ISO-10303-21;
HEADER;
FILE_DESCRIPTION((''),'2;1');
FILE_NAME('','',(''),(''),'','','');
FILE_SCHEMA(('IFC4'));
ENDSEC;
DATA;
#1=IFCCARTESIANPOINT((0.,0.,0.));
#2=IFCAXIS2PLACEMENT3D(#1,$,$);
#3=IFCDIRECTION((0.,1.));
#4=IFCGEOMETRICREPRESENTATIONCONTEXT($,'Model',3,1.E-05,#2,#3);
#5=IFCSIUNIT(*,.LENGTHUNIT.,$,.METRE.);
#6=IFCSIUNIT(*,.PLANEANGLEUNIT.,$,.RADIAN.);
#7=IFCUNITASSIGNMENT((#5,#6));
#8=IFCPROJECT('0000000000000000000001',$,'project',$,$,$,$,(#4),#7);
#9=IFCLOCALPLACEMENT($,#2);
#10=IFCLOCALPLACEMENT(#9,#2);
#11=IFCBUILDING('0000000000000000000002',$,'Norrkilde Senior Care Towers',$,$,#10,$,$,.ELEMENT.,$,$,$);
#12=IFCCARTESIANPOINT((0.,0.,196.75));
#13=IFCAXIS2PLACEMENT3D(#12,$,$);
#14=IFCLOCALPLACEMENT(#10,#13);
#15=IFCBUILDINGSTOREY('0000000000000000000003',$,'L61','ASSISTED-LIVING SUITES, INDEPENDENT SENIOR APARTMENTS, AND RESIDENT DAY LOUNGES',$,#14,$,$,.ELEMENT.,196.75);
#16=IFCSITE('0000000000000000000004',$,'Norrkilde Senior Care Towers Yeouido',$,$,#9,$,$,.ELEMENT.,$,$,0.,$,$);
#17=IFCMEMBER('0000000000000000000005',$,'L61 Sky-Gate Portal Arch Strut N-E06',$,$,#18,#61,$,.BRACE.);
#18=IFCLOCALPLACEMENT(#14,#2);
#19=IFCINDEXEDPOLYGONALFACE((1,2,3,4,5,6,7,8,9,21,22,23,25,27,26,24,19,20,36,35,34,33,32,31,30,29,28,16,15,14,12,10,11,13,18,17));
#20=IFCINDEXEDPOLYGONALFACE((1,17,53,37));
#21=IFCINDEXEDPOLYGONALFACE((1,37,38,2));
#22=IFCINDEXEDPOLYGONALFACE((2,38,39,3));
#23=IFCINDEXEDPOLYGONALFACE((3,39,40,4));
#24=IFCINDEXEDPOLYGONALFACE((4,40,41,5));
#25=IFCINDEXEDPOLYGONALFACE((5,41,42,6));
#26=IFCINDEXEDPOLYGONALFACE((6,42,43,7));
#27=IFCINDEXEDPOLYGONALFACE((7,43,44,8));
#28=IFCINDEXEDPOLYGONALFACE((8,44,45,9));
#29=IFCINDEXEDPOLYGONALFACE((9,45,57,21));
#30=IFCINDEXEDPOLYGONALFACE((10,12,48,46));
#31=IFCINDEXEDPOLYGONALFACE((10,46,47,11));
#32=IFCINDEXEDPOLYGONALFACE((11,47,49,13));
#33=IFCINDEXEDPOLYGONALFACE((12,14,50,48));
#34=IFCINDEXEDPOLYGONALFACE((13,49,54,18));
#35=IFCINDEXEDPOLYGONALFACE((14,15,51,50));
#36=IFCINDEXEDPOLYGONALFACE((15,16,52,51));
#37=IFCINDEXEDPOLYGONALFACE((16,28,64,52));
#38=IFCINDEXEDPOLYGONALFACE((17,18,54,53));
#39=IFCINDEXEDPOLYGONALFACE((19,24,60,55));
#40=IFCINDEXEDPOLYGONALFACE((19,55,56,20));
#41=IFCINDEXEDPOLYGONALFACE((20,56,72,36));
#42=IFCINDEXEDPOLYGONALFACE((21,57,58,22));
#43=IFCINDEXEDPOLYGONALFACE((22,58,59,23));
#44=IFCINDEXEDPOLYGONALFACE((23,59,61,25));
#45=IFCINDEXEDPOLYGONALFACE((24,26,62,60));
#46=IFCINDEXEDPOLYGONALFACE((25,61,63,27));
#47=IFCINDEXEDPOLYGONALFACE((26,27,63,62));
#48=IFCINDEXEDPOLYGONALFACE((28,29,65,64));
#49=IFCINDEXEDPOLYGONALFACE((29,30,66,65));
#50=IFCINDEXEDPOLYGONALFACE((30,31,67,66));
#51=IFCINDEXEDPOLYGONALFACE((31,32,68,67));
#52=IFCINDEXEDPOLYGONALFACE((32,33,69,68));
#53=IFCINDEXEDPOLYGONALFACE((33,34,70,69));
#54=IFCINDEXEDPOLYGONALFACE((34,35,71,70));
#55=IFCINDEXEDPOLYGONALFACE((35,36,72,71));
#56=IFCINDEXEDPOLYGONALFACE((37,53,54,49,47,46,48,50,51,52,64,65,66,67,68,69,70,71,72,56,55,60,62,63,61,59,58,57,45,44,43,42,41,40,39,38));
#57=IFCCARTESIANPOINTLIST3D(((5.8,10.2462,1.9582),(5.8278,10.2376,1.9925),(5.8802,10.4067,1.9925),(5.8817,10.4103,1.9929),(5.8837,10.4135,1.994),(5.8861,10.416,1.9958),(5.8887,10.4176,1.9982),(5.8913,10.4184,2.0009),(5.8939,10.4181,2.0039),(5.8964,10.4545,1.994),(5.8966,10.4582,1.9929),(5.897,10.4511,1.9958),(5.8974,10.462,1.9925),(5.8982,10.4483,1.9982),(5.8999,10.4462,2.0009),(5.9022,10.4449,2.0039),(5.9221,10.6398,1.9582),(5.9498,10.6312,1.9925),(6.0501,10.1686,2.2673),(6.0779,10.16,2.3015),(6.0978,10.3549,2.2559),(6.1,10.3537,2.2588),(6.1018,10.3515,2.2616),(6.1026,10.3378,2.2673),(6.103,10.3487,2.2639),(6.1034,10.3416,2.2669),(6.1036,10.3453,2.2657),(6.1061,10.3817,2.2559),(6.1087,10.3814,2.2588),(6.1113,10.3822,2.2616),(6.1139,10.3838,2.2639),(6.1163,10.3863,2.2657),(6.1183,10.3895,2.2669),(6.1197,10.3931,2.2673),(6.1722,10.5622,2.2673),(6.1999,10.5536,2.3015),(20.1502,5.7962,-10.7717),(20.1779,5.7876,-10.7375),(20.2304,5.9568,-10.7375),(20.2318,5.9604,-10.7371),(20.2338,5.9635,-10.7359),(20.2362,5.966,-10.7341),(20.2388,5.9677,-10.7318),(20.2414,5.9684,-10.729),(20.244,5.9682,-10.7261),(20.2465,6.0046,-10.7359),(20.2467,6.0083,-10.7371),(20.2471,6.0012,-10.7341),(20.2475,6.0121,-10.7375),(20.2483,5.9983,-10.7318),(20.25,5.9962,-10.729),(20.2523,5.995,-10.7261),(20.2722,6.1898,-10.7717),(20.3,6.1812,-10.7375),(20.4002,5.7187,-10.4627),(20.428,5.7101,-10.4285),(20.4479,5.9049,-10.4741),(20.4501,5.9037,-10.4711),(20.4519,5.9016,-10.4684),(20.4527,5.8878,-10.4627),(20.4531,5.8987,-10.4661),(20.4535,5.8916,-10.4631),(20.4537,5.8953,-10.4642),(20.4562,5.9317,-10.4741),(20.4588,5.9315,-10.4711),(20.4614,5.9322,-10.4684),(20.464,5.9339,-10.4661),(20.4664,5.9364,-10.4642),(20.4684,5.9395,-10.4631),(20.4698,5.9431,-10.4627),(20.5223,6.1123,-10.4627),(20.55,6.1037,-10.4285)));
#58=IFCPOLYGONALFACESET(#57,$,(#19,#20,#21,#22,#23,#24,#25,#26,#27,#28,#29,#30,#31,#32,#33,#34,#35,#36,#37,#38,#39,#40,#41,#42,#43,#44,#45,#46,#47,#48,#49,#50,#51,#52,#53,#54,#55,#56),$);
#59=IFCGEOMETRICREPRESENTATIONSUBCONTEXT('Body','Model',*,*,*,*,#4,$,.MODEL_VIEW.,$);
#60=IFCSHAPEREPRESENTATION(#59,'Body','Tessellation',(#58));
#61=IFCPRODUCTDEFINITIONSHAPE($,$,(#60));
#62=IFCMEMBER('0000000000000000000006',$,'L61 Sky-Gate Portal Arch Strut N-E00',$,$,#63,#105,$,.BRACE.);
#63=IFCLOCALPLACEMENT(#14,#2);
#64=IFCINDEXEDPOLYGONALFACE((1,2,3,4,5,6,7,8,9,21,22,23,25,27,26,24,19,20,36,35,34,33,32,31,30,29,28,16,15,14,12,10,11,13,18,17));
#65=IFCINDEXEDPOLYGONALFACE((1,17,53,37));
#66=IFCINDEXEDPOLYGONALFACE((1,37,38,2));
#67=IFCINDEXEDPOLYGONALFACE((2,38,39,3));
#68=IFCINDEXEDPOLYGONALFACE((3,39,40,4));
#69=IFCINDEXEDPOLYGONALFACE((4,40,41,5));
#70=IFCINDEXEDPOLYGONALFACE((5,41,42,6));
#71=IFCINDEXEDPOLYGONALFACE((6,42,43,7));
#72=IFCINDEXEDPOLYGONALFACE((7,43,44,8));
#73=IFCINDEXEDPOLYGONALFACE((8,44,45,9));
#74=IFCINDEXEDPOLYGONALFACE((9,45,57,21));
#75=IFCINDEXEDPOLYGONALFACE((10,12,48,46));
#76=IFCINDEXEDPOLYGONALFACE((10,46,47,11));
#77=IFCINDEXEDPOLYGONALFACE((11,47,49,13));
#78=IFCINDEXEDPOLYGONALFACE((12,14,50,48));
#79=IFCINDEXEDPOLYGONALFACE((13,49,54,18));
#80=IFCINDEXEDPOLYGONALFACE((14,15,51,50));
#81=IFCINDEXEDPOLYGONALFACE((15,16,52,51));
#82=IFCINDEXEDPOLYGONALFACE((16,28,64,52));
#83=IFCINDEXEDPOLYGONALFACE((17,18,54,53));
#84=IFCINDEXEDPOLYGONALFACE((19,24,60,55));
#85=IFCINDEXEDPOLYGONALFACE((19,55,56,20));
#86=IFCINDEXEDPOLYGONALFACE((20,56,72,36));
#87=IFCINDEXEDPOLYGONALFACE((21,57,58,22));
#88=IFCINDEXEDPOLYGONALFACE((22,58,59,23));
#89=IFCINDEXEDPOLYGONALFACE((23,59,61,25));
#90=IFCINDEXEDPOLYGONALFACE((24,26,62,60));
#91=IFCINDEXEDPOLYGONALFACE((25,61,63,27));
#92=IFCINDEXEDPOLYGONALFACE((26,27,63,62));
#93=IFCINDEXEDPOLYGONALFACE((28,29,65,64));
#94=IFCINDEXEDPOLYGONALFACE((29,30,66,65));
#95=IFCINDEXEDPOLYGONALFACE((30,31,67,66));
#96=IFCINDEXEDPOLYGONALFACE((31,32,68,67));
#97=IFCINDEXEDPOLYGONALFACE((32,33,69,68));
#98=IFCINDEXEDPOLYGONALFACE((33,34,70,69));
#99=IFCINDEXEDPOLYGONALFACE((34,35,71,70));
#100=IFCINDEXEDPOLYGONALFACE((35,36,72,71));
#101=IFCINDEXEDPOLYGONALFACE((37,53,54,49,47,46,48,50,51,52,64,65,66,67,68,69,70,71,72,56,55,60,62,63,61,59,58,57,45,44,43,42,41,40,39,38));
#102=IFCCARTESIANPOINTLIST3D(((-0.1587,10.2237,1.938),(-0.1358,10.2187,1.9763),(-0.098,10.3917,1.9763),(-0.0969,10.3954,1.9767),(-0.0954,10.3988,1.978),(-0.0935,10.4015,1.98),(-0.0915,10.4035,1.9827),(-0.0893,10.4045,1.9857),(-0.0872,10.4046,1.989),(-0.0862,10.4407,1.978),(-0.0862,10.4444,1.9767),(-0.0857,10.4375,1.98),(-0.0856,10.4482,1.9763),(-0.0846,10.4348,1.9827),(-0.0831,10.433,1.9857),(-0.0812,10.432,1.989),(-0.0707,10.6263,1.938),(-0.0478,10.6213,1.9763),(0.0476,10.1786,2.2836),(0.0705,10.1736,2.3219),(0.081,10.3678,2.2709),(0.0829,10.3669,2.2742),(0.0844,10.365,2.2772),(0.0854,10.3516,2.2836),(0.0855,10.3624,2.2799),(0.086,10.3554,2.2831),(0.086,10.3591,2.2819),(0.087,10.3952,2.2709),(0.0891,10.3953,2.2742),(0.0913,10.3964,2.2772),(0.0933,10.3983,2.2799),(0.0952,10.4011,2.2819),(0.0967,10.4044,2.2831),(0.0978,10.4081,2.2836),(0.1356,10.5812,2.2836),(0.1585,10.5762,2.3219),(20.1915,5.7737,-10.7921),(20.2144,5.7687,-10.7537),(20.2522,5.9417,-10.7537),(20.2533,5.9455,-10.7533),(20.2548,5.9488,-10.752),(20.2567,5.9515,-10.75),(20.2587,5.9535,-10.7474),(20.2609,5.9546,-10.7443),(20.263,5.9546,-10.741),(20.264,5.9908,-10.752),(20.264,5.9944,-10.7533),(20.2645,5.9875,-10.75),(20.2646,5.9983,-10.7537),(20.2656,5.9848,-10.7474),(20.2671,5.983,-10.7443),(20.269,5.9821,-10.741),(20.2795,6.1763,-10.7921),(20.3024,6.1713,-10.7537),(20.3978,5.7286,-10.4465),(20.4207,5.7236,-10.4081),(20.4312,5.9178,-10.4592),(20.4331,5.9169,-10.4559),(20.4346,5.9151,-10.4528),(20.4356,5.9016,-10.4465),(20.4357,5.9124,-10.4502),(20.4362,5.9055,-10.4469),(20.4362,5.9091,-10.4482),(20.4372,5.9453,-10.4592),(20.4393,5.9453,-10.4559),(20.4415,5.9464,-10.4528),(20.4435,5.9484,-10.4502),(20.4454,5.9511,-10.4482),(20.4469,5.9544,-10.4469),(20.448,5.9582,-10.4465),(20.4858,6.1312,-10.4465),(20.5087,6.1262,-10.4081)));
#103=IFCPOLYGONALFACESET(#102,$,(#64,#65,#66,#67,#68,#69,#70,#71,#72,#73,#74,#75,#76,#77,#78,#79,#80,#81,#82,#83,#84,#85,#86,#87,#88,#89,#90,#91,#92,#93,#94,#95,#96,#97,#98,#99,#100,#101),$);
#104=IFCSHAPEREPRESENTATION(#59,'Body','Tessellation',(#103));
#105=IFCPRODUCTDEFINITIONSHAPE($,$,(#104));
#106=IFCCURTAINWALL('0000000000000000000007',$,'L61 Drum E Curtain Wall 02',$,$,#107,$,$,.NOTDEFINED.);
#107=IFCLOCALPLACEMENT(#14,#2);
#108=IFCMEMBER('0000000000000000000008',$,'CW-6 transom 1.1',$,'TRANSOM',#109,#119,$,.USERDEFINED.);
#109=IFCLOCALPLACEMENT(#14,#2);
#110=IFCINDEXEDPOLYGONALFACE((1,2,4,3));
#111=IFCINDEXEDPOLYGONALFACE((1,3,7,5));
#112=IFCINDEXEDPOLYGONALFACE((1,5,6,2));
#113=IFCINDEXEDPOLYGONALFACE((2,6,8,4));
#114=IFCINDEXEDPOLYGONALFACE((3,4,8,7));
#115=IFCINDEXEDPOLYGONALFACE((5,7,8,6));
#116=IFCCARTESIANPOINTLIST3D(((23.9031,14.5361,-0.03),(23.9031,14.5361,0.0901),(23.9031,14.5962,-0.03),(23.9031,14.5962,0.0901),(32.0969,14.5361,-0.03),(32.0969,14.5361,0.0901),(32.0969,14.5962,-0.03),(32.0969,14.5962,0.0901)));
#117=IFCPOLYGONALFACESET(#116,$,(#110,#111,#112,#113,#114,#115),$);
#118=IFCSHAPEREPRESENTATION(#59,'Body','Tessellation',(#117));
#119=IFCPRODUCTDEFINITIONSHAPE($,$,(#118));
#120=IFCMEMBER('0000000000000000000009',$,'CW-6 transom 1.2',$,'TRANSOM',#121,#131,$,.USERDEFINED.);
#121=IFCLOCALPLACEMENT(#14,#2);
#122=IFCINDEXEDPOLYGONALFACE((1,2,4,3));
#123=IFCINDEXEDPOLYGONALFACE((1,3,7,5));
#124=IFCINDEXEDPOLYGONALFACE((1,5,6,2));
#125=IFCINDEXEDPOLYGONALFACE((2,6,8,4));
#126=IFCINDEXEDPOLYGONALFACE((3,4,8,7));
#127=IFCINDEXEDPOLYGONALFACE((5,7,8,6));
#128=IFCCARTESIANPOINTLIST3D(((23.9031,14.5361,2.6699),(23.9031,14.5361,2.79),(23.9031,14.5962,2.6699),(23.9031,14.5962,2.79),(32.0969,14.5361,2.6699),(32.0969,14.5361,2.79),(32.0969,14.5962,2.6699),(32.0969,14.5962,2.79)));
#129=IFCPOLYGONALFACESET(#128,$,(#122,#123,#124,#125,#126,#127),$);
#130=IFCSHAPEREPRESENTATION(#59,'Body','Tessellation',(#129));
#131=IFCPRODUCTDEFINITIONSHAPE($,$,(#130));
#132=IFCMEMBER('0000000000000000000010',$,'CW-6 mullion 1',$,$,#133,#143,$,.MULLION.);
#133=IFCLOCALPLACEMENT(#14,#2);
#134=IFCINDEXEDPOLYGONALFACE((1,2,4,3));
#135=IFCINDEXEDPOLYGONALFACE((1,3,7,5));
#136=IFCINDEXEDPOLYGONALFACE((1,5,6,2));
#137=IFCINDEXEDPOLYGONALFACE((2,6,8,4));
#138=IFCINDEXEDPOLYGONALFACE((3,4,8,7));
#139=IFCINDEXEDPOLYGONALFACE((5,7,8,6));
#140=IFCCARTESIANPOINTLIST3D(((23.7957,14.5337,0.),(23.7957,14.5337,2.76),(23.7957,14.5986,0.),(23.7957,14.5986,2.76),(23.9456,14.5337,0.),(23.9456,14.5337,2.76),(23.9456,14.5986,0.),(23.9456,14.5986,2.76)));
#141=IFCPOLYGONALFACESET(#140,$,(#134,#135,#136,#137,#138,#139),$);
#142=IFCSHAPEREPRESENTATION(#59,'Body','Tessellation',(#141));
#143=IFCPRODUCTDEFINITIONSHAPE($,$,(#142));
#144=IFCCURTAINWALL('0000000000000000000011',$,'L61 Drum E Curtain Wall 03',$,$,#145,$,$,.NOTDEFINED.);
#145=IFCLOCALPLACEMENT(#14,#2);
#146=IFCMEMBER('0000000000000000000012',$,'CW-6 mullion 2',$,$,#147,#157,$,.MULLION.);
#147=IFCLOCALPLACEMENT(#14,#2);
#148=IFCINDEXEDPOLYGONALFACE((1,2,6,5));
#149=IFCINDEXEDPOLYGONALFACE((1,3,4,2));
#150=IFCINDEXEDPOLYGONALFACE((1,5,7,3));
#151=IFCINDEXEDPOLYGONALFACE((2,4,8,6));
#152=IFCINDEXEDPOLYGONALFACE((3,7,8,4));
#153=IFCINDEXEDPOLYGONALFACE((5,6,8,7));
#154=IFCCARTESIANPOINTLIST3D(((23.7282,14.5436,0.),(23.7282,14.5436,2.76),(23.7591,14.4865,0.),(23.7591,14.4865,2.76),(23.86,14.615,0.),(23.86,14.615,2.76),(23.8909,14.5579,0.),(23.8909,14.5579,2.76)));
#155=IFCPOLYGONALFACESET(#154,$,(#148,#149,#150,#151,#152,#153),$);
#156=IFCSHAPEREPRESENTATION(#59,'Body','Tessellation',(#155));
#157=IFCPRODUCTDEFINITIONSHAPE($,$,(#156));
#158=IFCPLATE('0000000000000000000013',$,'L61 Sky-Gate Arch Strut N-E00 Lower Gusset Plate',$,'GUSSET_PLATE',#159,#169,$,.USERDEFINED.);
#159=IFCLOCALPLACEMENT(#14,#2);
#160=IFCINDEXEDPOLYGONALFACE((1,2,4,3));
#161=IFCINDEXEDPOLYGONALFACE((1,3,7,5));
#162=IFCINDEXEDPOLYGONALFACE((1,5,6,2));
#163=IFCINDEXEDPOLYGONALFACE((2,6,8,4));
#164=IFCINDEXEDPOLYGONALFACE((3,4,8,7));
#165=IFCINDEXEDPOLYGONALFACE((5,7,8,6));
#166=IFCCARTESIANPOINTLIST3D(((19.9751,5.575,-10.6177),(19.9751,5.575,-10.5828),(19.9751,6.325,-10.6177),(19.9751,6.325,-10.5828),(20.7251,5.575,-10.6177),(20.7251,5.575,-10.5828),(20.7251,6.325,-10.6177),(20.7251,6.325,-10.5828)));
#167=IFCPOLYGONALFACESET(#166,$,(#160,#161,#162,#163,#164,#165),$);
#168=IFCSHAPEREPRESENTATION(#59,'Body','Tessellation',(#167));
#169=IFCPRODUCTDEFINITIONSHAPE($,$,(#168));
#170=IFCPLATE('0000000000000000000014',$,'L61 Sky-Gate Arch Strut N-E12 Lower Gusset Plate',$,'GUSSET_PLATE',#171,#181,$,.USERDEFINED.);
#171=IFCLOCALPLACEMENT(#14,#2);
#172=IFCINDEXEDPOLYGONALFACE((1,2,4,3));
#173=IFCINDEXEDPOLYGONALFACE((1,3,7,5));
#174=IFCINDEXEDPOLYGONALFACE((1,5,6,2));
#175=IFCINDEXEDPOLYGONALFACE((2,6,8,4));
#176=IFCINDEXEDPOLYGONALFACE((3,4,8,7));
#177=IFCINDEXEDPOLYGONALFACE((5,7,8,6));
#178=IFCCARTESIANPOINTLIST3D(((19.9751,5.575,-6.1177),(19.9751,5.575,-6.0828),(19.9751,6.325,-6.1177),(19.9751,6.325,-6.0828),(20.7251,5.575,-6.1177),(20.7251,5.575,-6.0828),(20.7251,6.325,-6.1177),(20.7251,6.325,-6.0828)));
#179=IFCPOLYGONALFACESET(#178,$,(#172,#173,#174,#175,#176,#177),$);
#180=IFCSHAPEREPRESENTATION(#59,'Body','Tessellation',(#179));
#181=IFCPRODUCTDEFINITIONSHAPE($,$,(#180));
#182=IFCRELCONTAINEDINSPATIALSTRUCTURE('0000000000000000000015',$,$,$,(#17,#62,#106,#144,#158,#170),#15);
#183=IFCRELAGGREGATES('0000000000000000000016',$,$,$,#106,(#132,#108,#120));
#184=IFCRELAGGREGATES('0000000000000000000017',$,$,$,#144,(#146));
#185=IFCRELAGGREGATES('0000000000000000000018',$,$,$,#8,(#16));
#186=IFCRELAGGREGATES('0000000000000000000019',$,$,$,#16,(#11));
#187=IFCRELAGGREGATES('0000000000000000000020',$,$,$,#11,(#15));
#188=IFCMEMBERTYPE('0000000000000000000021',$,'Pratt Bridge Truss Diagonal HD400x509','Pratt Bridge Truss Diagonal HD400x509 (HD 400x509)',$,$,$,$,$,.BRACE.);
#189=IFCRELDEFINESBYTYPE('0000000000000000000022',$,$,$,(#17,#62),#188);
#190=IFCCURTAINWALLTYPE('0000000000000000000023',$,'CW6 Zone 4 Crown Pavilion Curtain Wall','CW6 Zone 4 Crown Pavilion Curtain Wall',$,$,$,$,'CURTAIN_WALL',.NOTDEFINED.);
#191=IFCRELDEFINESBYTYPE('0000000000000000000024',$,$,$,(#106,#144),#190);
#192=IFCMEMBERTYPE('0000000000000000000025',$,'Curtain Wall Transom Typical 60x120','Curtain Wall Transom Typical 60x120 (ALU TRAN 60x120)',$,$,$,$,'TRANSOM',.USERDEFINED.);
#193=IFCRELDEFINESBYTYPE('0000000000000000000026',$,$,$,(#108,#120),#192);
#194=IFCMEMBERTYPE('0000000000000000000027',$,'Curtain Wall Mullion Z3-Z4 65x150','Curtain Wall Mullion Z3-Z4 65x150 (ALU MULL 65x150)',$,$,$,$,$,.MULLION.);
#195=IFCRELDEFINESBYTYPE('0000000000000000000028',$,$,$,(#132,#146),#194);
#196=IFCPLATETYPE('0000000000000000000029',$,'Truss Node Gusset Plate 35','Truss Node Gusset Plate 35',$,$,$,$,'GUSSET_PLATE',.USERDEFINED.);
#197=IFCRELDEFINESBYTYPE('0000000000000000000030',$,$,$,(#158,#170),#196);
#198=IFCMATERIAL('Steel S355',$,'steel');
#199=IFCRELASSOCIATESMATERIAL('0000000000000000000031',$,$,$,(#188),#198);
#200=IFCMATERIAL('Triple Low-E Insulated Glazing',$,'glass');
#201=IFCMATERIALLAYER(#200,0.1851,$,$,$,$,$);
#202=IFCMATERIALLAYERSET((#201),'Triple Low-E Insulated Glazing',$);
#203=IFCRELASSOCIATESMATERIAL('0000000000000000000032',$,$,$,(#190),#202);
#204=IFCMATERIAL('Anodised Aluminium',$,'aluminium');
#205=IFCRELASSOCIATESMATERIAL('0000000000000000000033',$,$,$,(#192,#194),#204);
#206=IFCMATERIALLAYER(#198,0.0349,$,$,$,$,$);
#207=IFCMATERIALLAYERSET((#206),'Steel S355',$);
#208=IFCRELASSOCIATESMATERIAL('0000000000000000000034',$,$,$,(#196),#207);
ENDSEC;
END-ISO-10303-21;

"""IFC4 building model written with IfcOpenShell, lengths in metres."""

from ifc_helpers import new_model, si_unit, direction, frame, origin, origin_2d, place, context, subcontext, project, spatial, rectangle, i_section, extrude, source, transform, mapped, material, layer, layer_set, material_profile, profile_set, type_object, type_shapes, element, aggregate, save


model = new_model("IFC4")

# Units and contexts
model_context = context("Model", 3, precision=1e-05, world=origin(), true_north=direction((0.0, 1.0)))
body_context = subcontext(model_context, "Body", "Model", "MODEL_VIEW")
ifc_project = project(units=[si_unit("LENGTHUNIT", "METRE"), si_unit("PLANEANGLEUNIT", "RADIAN")], contexts=[model_context])

# Site, building, storey
site_placement = place(None, origin())
site = spatial("IfcSite", under=ifc_project, at=site_placement, Name="Norrkilde Senior Care Towers Yeouido", CompositionType="ELEMENT", RefElevation=0.0)
building_placement = place(site_placement, origin())
building = spatial("IfcBuilding", under=site, at=building_placement, Name="Norrkilde Senior Care Towers", CompositionType="ELEMENT")
storey_placement = place(building_placement, frame((0.0, 0.0, 196.75)))
storey = spatial("IfcBuildingStorey", under=building, at=storey_placement, Name="L61", Description="ASSISTED-LIVING SUITES, INDEPENDENT SENIOR APARTMENTS, AND RESIDENT DAY LOUNGES", CompositionType="ELEMENT", Elevation=196.75)

# Shared definitions
ifc_material_1 = material(Name="Steel S355", Category="steel")

# Members
ifc_material_profile_1 = material_profile(ifc_material_1, i_section(OverallWidth=0.4121, OverallDepth=0.45, WebThickness=0.0281, FlangeThickness=0.0449, FilletRadius=0.0149, at=origin_2d()), Name="HD 400x509")
ifc_profile_set_1 = profile_set([ifc_material_profile_1], Name="Steel S355")
member_type_1 = type_object("IfcMemberType", Name="Pratt Bridge Truss Diagonal HD400x509", Description="Pratt Bridge Truss Diagonal HD400x509 (HD 400x509)", PredefinedType="BRACE", material=ifc_profile_set_1)
shared_shape_1 = source(origin(), body_context, "Body", "SweptSolid", [
    extrude(i_section(OverallWidth=0.4121, OverallDepth=0.45, WebThickness=0.0281, FlangeThickness=0.0449, FilletRadius=0.0149, at=origin_2d()), origin(), (0.0, 0.0, 1.0), 19.6921),
])
member_1_placement = place(storey_placement, frame((20.3501, 5.95, -10.6001), z_axis=(-0.728723, 0.225976, 0.64645), x_axis=(-0.296185, -0.955131, 0.0)))
element("IfcMember", 1, at=member_1_placement, inside=storey, type_object=member_type_1, Name="L61 Sky-Gate Portal Arch Strut N-E06", PredefinedType="BRACE", context=body_context, shape_type="MappedRepresentation", body=[
    mapped(shared_shape_1, transform((0.0, 0.0, 0.0), x_axis=(1.0, 0.0, 0.0), y_axis=(0.0, 1.0, 0.0), z_axis=(0.0, 0.0, 1.0), scale=1.0)),
])
shared_shape_2 = source(origin(), body_context, "Body", "SweptSolid", [
    extrude(i_section(OverallWidth=0.4121, OverallDepth=0.45, WebThickness=0.0281, FlangeThickness=0.0449, FilletRadius=0.0149, at=origin_2d()), origin(), (0.0, 0.0, 1.0), 24.4128),
])
member_2_placement = place(storey_placement, frame((20.3501, 5.95, -10.6001), z_axis=(-0.833586, 0.18228, 0.521449), x_axis=(-0.213622, -0.976916, 0.0)))
element("IfcMember", 2, at=member_2_placement, inside=storey, type_object=member_type_1, Name="L61 Sky-Gate Portal Arch Strut N-E00", PredefinedType="BRACE", context=body_context, shape_type="MappedRepresentation", body=[
    mapped(shared_shape_2, transform((0.0, 0.0, 0.0), x_axis=(1.0, 0.0, 0.0), y_axis=(0.0, 1.0, 0.0), z_axis=(0.0, 0.0, 1.0), scale=1.0)),
])

# Curtain wall, members
ifc_material_2 = material(Name="Triple Low-E Insulated Glazing", Category="glass")
ifc_layer_1 = layer(ifc_material_2, 0.1851)
ifc_layer_set_1 = layer_set([ifc_layer_1], Name="Triple Low-E Insulated Glazing")
curtain_wall_type = type_object("IfcCurtainWallType", Name="CW6 Zone 4 Crown Pavilion Curtain Wall", Description="CW6 Zone 4 Crown Pavilion Curtain Wall", ElementType="CURTAIN_WALL", PredefinedType="NOTDEFINED", material=ifc_layer_set_1)
curtain_wall_1_placement = place(storey_placement, origin())
curtain_wall_1 = element("IfcCurtainWall", 3, at=curtain_wall_1_placement, inside=storey, type_object=curtain_wall_type, Name="L61 Drum E Curtain Wall 02", PredefinedType="NOTDEFINED")
ifc_material_3 = material(Name="Anodised Aluminium", Category="aluminium")
ifc_material_profile_2 = material_profile(ifc_material_3, rectangle(XDim=0.0601, YDim=0.1201, at=origin_2d()), Name="ALU TRAN 60x120")
ifc_profile_set_2 = profile_set([ifc_material_profile_2], Name="Anodised Aluminium")
member_type_2 = type_object("IfcMemberType", Name="Curtain Wall Transom Typical 60x120", Description="Curtain Wall Transom Typical 60x120 (ALU TRAN 60x120)", ElementType="TRANSOM", PredefinedType="USERDEFINED", material=ifc_profile_set_2)
shared_shape_3 = source(origin(), body_context, "Body", "SweptSolid", [
    extrude(rectangle(XDim=0.0601, YDim=0.1201, at=origin_2d()), origin(), (0.0, 0.0, 1.0), 8.1938),
])
type_shapes(member_type_2, [shared_shape_3])
member_3_placement = place(storey_placement, frame((23.9031, 14.5662, 0.03), z_axis=(1.0, 0.0, 0.0), x_axis=(0.0, 1.0, 0.0)))
member_3 = element("IfcMember", 4, at=member_3_placement, type_object=member_type_2, Name="CW-6 transom 1.1", ObjectType="TRANSOM", PredefinedType="USERDEFINED", context=body_context, shape_type="MappedRepresentation", body=[
    mapped(shared_shape_3, transform((0.0, 0.0, 0.0), x_axis=(1.0, 0.0, 0.0), y_axis=(0.0, 1.0, 0.0), z_axis=(0.0, 0.0, 1.0), scale=1.0)),
])
member_4_placement = place(storey_placement, frame((23.9031, 14.5662, 2.73), z_axis=(1.0, 0.0, 0.0), x_axis=(0.0, 1.0, 0.0)))
member_4 = element("IfcMember", 5, at=member_4_placement, type_object=member_type_2, Name="CW-6 transom 1.2", ObjectType="TRANSOM", PredefinedType="USERDEFINED", context=body_context, shape_type="MappedRepresentation", body=[
    mapped(shared_shape_3, transform((0.0, 0.0, 0.0), x_axis=(1.0, 0.0, 0.0), y_axis=(0.0, 1.0, 0.0), z_axis=(0.0, 0.0, 1.0), scale=1.0)),
])
ifc_material_profile_3 = material_profile(ifc_material_3, rectangle(XDim=0.0649, YDim=0.1499, at=origin_2d()), Name="ALU MULL 65x150")
ifc_profile_set_3 = profile_set([ifc_material_profile_3], Name="Anodised Aluminium")
member_type_3 = type_object("IfcMemberType", Name="Curtain Wall Mullion Z3-Z4 65x150", Description="Curtain Wall Mullion Z3-Z4 65x150 (ALU MULL 65x150)", PredefinedType="MULLION", material=ifc_profile_set_3)
shared_shape_4 = source(origin(), body_context, "Body", "SweptSolid", [
    extrude(rectangle(XDim=0.0649, YDim=0.1499, at=origin_2d()), origin(), (0.0, 0.0, 1.0), 2.76),
])
type_shapes(member_type_3, [shared_shape_4])
member_5_placement = place(storey_placement, frame((23.8706, 14.5662, 0.0), z_axis=(0.0, 0.0, 1.0), x_axis=(0.0, 1.0, 0.0)))
member_5 = element("IfcMember", 6, at=member_5_placement, type_object=member_type_3, Name="CW-6 mullion 1", PredefinedType="MULLION", context=body_context, shape_type="MappedRepresentation", body=[
    mapped(shared_shape_4, transform((0.0, 0.0, 0.0), x_axis=(1.0, 0.0, 0.0), y_axis=(0.0, 1.0, 0.0), z_axis=(0.0, 0.0, 1.0), scale=1.0)),
])
aggregate(curtain_wall_1, [member_5, member_3, member_4])

# Curtain wall, member
curtain_wall_2_placement = place(storey_placement, origin())
curtain_wall_2 = element("IfcCurtainWall", 7, at=curtain_wall_2_placement, inside=storey, type_object=curtain_wall_type, Name="L61 Drum E Curtain Wall 03", PredefinedType="NOTDEFINED")
member_6_placement = place(storey_placement, frame((23.8096, 14.5508, 0.0), z_axis=(0.0, 0.0, 1.0), x_axis=(-0.476133, 0.879373, 0.0)))
member_6 = element("IfcMember", 8, at=member_6_placement, type_object=member_type_3, Name="CW-6 mullion 2", PredefinedType="MULLION", context=body_context, shape_type="MappedRepresentation", body=[
    mapped(shared_shape_4, transform((0.0, 0.0, 0.0), x_axis=(1.0, 0.0, 0.0), y_axis=(0.0, 1.0, 0.0), z_axis=(0.0, 0.0, 1.0), scale=1.0)),
])

# Plates
ifc_layer_2 = layer(ifc_material_1, 0.0349)
ifc_layer_set_2 = layer_set([ifc_layer_2], Name="Steel S355")
plate_type_1 = type_object("IfcPlateType", Name="Truss Node Gusset Plate 35", Description="Truss Node Gusset Plate 35", ElementType="GUSSET_PLATE", PredefinedType="USERDEFINED", material=ifc_layer_set_2)
shared_shape_5 = source(origin(), body_context, "Body", "SweptSolid", [
    extrude(rectangle(XDim=0.75, YDim=0.75, at=origin_2d()), origin(), (0.0, 0.0, 1.0), 0.0349),
])
type_shapes(plate_type_1, [shared_shape_5])
for number, where, z_axis, x_axis, name in (
    (9, (20.3501, 5.95, -10.6177), (0.0, 0.0, 1.0), (1.0, 0.0, 0.0), "L61 Sky-Gate Arch Strut N-E00 Lower Gusset Plate"),
    (10, (20.3501, 5.95, -6.1177), (0.0, 0.0, 1.0), (1.0, 0.0, 0.0), "L61 Sky-Gate Arch Strut N-E12 Lower Gusset Plate"),
):
    element("IfcPlate", number, at=place(storey_placement, frame(where, z_axis=z_axis, x_axis=x_axis)), inside=storey, type_object=plate_type_1, Name=name, ObjectType="GUSSET_PLATE", PredefinedType="USERDEFINED", context=body_context, shape_type="MappedRepresentation", body=[
        mapped(shared_shape_5, transform((0.0, 0.0, 0.0), x_axis=(1.0, 0.0, 0.0), y_axis=(0.0, 1.0, 0.0), z_axis=(0.0, 0.0, 1.0), scale=1.0)),
    ])

aggregate(curtain_wall_2, [member_6])

save(model, "model.ifc")
